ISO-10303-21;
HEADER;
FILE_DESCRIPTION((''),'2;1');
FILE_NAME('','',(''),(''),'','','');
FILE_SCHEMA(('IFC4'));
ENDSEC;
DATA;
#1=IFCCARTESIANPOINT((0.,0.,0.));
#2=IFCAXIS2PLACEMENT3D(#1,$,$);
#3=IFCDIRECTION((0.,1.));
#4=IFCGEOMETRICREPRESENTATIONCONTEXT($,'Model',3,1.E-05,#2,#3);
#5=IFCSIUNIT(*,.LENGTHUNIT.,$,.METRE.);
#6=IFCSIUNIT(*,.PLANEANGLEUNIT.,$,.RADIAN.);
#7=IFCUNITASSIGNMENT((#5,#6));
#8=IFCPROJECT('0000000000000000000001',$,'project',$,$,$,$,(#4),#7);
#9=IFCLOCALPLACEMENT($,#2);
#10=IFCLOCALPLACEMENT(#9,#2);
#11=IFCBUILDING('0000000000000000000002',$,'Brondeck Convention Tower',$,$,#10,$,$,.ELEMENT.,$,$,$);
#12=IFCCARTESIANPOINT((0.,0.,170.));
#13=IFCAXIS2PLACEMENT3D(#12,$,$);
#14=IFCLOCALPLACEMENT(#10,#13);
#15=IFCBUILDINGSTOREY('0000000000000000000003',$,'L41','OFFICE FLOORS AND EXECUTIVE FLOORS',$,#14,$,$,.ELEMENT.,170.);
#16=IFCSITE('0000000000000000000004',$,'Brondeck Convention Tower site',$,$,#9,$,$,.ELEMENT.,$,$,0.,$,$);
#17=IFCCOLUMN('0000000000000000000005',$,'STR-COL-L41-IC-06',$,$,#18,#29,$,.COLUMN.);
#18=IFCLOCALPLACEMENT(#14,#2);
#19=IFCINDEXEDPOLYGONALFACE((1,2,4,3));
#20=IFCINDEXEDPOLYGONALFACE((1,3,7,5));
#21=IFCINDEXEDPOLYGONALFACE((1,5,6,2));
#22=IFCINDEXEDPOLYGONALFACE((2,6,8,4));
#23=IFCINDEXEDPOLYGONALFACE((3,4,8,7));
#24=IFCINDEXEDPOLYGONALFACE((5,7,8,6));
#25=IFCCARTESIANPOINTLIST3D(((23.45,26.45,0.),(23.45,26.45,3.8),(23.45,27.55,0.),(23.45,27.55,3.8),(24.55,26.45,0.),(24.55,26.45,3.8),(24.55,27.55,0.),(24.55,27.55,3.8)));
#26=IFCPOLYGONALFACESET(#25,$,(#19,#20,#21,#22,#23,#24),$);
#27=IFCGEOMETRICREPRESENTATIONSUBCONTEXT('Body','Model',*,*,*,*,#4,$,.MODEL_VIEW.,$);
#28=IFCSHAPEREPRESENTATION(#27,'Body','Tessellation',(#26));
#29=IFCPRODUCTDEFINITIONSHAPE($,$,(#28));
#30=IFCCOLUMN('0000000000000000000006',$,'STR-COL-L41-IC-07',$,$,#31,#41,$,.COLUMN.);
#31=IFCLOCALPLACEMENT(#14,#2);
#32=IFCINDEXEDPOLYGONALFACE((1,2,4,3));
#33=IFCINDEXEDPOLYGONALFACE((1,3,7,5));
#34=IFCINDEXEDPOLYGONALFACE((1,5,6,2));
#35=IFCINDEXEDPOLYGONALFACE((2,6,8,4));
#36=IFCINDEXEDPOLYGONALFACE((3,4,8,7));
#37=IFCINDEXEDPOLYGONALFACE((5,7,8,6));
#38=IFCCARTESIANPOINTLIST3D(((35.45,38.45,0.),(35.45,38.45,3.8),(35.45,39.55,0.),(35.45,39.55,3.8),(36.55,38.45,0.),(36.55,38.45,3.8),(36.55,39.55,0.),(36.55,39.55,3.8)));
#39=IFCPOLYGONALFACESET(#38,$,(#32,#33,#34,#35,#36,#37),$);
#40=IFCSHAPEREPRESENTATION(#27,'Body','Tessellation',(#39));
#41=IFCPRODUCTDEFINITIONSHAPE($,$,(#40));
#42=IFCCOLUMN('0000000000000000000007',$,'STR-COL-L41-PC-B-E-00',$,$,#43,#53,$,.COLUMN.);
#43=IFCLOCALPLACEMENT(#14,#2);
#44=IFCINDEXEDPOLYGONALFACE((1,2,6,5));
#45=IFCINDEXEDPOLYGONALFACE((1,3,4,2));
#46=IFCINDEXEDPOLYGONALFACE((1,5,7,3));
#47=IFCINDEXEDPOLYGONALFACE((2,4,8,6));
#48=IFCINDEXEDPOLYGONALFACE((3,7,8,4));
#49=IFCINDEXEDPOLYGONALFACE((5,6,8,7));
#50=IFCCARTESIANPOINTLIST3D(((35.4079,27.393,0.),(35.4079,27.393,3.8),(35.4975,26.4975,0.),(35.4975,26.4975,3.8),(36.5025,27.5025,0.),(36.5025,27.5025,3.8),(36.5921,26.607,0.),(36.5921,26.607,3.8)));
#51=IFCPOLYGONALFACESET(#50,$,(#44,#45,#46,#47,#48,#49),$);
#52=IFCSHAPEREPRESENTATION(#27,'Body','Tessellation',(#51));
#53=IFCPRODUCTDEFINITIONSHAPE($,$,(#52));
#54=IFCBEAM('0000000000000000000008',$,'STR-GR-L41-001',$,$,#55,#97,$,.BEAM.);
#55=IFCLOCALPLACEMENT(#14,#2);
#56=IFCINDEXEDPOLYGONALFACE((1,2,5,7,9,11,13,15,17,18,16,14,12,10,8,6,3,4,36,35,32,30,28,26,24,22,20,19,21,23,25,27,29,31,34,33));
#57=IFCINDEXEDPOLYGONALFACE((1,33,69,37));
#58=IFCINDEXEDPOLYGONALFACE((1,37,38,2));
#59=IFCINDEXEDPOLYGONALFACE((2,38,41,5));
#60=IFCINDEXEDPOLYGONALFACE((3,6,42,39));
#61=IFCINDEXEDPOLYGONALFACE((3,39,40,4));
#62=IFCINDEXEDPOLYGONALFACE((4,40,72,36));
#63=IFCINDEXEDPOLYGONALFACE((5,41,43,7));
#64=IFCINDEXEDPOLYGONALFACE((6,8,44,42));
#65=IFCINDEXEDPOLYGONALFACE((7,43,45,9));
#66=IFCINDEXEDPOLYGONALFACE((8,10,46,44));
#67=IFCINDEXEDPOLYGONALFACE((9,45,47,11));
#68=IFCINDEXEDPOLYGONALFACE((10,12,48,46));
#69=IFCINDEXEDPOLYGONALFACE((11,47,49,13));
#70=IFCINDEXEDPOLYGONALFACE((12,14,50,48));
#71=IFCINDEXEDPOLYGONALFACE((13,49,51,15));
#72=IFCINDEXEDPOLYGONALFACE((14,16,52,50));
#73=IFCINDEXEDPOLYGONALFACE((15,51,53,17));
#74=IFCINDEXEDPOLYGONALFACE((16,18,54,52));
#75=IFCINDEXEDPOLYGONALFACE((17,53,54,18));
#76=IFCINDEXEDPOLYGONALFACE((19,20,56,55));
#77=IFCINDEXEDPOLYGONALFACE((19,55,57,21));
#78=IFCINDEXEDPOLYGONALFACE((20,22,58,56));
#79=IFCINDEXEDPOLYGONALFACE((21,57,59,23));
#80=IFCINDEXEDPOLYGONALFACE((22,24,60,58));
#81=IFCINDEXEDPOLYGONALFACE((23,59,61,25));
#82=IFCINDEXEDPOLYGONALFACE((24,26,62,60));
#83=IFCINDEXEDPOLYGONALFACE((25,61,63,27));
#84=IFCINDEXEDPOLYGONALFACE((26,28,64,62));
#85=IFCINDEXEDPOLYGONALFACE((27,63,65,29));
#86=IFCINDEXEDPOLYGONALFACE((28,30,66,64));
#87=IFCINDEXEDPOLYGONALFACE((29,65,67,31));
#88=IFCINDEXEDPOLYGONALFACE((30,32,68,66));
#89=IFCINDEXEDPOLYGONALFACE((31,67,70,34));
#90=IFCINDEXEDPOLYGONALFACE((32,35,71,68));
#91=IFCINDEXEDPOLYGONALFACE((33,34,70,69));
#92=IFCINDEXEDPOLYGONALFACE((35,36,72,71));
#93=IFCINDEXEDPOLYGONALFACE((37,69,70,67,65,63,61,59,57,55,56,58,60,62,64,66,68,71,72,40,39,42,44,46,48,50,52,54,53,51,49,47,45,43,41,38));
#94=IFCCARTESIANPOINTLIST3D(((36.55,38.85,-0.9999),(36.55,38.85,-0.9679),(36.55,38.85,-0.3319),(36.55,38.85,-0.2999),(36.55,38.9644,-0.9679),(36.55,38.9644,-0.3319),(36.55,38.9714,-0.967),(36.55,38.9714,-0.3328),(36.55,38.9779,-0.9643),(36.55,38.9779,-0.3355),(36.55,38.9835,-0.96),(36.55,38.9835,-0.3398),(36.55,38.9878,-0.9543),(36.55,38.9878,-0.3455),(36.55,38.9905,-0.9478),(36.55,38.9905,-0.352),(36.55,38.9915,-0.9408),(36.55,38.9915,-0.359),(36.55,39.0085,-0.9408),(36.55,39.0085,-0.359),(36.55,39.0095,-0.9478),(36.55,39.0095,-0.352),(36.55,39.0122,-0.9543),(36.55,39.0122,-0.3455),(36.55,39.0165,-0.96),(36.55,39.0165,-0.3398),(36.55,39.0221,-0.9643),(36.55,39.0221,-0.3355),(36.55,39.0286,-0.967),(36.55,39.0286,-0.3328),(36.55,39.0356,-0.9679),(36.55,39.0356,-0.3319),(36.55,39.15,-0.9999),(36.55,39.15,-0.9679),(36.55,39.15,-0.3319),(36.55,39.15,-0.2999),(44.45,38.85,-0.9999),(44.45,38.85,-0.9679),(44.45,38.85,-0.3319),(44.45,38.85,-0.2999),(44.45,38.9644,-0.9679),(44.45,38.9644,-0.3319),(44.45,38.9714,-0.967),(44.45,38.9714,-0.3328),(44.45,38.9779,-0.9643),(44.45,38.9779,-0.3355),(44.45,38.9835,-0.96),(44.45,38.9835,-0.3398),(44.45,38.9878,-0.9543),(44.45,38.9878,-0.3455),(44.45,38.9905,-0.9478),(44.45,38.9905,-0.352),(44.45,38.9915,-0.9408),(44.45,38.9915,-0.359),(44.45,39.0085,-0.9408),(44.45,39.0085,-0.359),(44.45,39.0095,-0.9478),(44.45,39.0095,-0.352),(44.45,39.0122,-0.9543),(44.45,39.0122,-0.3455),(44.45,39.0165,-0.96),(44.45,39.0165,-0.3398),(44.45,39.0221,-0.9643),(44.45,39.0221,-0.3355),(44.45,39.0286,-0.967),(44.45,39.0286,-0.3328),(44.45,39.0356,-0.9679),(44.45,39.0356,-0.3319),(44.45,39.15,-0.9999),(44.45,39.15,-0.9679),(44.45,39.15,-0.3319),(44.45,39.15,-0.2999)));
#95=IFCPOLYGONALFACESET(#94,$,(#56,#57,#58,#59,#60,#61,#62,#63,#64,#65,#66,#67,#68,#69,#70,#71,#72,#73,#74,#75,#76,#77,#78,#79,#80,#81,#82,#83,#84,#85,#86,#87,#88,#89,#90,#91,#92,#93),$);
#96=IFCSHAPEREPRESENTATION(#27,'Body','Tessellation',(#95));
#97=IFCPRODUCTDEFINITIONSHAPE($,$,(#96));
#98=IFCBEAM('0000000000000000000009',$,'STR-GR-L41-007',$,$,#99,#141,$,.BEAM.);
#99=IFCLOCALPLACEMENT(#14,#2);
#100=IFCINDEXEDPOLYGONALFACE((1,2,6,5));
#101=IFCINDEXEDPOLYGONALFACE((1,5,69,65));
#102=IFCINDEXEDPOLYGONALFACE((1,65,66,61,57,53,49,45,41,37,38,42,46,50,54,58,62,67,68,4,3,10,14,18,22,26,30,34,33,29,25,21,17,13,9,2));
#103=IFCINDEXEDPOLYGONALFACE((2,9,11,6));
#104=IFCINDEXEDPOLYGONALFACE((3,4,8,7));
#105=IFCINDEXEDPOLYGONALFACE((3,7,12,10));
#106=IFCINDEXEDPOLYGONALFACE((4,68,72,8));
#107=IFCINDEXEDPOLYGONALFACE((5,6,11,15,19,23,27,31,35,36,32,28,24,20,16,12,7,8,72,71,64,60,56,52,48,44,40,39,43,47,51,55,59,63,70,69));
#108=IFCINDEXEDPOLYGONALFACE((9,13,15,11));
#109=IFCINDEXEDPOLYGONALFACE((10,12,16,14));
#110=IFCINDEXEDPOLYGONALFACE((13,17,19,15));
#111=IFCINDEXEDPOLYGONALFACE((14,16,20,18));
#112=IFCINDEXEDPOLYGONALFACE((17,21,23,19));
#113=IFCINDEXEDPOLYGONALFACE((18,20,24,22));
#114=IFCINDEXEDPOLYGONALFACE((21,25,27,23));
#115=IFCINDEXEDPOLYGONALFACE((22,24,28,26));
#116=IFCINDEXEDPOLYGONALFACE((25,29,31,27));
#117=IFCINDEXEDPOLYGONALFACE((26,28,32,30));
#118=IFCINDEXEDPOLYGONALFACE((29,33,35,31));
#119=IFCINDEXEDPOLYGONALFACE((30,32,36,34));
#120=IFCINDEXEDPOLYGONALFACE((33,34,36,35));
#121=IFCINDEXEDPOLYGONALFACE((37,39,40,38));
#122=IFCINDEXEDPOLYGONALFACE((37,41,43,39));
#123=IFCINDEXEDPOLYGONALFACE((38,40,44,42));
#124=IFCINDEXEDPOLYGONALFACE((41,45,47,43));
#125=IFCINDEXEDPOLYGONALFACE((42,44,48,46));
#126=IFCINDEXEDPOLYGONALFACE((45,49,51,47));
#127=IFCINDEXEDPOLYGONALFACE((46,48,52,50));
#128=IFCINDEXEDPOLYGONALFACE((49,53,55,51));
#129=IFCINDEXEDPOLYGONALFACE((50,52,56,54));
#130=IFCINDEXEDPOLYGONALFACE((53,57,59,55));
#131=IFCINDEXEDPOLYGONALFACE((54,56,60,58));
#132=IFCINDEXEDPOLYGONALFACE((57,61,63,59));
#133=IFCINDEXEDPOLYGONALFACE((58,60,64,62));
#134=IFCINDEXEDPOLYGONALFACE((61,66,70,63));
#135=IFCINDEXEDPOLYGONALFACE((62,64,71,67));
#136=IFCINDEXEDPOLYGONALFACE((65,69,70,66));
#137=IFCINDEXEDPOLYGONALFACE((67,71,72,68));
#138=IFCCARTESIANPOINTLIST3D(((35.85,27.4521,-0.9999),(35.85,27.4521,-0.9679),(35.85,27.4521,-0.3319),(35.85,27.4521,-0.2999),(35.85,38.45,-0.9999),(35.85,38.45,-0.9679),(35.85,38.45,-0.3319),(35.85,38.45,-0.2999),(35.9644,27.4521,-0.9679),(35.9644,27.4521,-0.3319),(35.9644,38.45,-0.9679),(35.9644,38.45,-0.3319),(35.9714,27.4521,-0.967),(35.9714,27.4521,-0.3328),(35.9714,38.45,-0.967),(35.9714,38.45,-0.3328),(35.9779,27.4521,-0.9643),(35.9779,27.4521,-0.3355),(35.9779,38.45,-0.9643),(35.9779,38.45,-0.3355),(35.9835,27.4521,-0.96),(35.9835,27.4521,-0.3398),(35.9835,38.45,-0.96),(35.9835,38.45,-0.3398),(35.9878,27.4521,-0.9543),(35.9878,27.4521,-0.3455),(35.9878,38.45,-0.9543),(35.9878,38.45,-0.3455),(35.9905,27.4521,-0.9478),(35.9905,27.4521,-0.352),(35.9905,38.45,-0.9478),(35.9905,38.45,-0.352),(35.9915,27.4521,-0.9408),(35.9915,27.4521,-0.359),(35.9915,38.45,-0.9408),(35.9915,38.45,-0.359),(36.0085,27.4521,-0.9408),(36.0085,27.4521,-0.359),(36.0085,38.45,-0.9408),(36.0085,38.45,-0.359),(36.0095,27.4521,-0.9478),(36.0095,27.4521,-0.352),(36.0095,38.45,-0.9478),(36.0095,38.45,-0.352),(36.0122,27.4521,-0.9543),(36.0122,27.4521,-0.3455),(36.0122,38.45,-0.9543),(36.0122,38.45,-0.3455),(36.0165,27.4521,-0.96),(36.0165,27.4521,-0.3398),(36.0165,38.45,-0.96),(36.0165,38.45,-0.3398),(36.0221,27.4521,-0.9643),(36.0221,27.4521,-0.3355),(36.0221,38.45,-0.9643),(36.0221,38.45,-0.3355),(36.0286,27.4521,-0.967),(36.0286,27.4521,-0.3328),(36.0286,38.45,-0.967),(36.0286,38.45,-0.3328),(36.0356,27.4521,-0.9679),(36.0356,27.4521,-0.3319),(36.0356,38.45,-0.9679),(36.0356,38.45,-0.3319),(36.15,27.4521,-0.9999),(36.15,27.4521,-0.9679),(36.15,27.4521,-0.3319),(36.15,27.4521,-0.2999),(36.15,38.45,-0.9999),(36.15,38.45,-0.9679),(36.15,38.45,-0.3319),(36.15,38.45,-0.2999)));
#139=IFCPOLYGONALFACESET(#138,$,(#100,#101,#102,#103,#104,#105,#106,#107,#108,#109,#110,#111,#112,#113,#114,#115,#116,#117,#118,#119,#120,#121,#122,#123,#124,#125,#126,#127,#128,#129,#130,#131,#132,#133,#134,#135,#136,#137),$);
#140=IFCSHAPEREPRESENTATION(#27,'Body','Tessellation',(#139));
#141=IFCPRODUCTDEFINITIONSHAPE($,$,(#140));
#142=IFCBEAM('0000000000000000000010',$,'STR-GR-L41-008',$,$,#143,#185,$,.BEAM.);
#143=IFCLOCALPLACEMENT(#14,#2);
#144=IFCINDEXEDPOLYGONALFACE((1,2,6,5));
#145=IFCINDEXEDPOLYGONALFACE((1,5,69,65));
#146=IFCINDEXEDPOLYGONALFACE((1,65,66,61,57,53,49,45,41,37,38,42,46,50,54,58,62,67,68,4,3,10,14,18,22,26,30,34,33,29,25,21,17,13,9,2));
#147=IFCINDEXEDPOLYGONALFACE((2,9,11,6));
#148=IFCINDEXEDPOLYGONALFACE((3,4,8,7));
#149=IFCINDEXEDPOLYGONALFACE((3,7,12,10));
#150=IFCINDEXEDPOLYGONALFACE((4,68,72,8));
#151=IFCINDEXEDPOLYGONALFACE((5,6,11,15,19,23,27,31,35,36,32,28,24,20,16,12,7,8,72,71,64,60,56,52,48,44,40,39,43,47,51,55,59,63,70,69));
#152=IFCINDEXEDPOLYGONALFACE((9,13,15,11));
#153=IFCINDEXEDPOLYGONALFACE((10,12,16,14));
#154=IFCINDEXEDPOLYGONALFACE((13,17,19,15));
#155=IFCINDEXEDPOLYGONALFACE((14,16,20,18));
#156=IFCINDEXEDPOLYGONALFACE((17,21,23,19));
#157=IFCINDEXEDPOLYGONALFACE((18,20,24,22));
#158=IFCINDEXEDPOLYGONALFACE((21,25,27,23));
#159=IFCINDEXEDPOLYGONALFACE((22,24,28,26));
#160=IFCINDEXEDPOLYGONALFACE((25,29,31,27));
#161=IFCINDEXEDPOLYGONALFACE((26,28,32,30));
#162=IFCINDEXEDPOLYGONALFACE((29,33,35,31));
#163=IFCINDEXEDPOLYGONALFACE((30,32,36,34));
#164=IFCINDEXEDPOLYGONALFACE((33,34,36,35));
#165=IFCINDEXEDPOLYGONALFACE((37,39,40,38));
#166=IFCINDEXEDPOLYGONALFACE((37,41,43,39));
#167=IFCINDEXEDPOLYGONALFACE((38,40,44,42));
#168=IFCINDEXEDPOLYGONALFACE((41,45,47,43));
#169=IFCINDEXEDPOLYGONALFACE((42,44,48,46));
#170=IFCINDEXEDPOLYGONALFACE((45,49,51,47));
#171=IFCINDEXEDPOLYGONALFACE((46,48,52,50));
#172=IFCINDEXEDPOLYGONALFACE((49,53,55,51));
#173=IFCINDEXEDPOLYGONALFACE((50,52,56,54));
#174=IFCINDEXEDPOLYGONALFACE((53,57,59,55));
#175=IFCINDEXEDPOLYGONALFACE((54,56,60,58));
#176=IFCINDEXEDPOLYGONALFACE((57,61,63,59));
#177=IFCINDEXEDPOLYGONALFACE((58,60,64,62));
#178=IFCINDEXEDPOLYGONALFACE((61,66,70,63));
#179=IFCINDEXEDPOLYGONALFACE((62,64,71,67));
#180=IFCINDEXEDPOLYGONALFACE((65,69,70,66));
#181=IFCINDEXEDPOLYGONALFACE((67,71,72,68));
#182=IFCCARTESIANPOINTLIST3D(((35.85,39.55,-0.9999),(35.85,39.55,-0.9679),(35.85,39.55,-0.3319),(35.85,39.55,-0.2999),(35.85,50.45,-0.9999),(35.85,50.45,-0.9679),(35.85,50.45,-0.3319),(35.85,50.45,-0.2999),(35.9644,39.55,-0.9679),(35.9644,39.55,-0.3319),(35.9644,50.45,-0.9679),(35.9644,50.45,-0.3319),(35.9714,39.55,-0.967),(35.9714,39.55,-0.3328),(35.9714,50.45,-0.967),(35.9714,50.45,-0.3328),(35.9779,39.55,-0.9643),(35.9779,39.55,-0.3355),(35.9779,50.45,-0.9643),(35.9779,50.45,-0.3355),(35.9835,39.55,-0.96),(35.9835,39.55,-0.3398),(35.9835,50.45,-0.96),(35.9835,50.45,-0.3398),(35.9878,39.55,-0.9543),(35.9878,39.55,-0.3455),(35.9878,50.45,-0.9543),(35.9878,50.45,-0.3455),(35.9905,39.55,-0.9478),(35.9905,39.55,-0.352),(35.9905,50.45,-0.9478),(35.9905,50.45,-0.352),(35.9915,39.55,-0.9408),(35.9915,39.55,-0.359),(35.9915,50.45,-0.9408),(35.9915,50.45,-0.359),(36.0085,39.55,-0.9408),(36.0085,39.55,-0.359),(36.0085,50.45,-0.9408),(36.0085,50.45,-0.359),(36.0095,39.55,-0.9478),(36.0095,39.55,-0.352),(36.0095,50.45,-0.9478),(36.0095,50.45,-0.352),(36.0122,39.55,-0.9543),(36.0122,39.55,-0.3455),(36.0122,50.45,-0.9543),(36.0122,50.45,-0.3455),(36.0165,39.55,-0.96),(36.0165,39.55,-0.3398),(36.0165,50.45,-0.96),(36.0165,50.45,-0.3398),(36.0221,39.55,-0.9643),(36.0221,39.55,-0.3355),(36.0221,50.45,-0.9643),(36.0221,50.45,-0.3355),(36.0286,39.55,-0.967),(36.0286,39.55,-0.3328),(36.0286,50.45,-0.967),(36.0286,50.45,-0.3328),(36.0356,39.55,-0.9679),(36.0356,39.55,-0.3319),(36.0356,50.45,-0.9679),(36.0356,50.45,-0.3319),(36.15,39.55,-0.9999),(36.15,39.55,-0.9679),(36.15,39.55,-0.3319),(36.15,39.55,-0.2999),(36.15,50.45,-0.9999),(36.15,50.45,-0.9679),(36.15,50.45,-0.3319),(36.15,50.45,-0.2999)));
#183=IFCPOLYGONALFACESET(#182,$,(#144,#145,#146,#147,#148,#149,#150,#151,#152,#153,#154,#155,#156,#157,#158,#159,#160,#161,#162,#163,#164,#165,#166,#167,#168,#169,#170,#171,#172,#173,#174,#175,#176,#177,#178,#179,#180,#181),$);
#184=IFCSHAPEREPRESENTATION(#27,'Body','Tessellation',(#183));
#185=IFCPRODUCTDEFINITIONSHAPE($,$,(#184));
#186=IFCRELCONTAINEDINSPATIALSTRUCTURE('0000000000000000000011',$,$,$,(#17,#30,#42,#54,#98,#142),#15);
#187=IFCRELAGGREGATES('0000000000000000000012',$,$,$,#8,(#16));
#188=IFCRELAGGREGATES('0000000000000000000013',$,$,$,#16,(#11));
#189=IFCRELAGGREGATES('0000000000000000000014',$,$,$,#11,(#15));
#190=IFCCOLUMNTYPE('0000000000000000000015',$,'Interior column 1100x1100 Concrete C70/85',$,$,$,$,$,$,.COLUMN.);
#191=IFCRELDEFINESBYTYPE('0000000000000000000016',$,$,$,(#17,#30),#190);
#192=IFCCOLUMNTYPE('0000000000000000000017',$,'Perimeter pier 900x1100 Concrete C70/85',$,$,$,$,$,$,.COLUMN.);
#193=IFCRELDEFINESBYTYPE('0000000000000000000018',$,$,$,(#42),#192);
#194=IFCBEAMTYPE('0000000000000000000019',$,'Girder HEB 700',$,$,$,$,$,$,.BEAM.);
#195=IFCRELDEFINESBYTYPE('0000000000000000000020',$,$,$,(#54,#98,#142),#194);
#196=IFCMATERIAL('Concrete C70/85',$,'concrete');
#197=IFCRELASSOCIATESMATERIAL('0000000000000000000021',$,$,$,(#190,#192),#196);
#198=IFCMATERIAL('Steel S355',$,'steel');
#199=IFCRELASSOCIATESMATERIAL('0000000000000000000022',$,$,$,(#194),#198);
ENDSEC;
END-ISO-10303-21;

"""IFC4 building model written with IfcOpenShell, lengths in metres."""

from ifc_helpers import new_model, si_unit, direction, frame, origin, origin_2d, place, context, subcontext, project, spatial, rectangle, i_section, extrude, material, material_profile, profile_set, type_object, element, save


model = new_model("IFC4")

# Units and contexts
model_context = context("Model", 3, precision=1e-05, world=origin(), true_north=direction((0.0, 1.0)))
body_context = subcontext(model_context, "Body", "Model", "MODEL_VIEW")
ifc_project = project(units=[si_unit("LENGTHUNIT", "METRE"), si_unit("PLANEANGLEUNIT", "RADIAN")], contexts=[model_context])

# Site, building, storey
site_placement = place(None, origin())
site = spatial("IfcSite", under=ifc_project, at=site_placement, Name="Brondeck Convention Tower site", CompositionType="ELEMENT", RefElevation=0.0)
building_placement = place(site_placement, origin())
building = spatial("IfcBuilding", under=site, at=building_placement, Name="Brondeck Convention Tower", CompositionType="ELEMENT")
storey_placement = place(building_placement, frame((0.0, 0.0, 170.0)))
storey = spatial("IfcBuildingStorey", under=building, at=storey_placement, Name="L41", Description="OFFICE FLOORS AND EXECUTIVE FLOORS", CompositionType="ELEMENT", Elevation=170.0)

# Columns
ifc_material_1 = material(Name="Concrete C70/85", Category="concrete")
ifc_material_profile_1 = material_profile(ifc_material_1, rectangle(XDim=1.1001, YDim=1.1001, at=origin_2d()), Name="Interior column 1100x1100 Concrete C70/85")
ifc_profile_set_1 = profile_set([ifc_material_profile_1], Name="Concrete C70/85")
column_type_1 = type_object("IfcColumnType", Name="Interior column 1100x1100 Concrete C70/85", PredefinedType="COLUMN", material=ifc_profile_set_1)
for number, where, z_axis, x_axis, name in (
    (1, (24.0, 27.0, 0.0), (0.0, 0.0, 1.0), (1.0, 0.0, 0.0), "STR-COL-L41-IC-06"),
    (2, (36.0, 39.0, 0.0), (0.0, 0.0, 1.0), (1.0, 0.0, 0.0), "STR-COL-L41-IC-07"),
):
    element("IfcColumn", number, at=place(storey_placement, frame(where, z_axis=z_axis, x_axis=x_axis)), inside=storey, type_object=column_type_1, Name=name, PredefinedType="COLUMN", context=body_context, shape_type="SweptSolid", body=[
        extrude(rectangle(XDim=1.1001, YDim=1.1001, at=origin_2d()), origin(), (0.0, 0.0, 1.0), 3.8),
    ])
ifc_material_profile_2 = material_profile(ifc_material_1, rectangle(XDim=0.8999, YDim=1.1001, at=origin_2d()), Name="Perimeter pier 900x1100 Concrete C70/85")
ifc_profile_set_2 = profile_set([ifc_material_profile_2], Name="Concrete C70/85")
column_type_2 = type_object("IfcColumnType", Name="Perimeter pier 900x1100 Concrete C70/85", PredefinedType="COLUMN", material=ifc_profile_set_2)
column_placement = place(storey_placement, frame((36.0, 27.0, 0.0), z_axis=(0.0, 0.0, 1.0), x_axis=(-0.099504, 0.995037, 0.0)))
element("IfcColumn", 3, at=column_placement, inside=storey, type_object=column_type_2, Name="STR-COL-L41-PC-B-E-00", PredefinedType="COLUMN", context=body_context, shape_type="SweptSolid", body=[
    extrude(rectangle(XDim=0.8999, YDim=1.1001, at=origin_2d()), origin(), (0.0, 0.0, 1.0), 3.8),
])

# Beams
ifc_material_2 = material(Name="Steel S355", Category="steel")
ifc_material_profile_3 = material_profile(ifc_material_2, i_section(OverallWidth=0.3, OverallDepth=0.7, WebThickness=0.0171, FlangeThickness=0.032, FilletRadius=0.0271, at=origin_2d()), Name="HEB 700")
ifc_profile_set_3 = profile_set([ifc_material_profile_3], Name="Steel S355")
beam_type = type_object("IfcBeamType", Name="Girder HEB 700", PredefinedType="BEAM", material=ifc_profile_set_3)
beam_1_placement = place(storey_placement, frame((36.55, 39.0, -0.6499), z_axis=(1.0, 0.0, 0.0), x_axis=(0.0, 1.0, 0.0)))
element("IfcBeam", 4, at=beam_1_placement, inside=storey, type_object=beam_type, Name="STR-GR-L41-001", PredefinedType="BEAM", context=body_context, shape_type="SweptSolid", body=[
    extrude(i_section(OverallWidth=0.3, OverallDepth=0.7, WebThickness=0.0171, FlangeThickness=0.032, FilletRadius=0.0271, at=origin_2d()), origin(), (0.0, 0.0, 1.0), 7.8999),
])
beam_2_placement = place(storey_placement, frame((36.0, 27.4521, -0.6499), z_axis=(0.0, 1.0, 0.0), x_axis=(-1.0, 0.0, 0.0)))
element("IfcBeam", 5, at=beam_2_placement, inside=storey, type_object=beam_type, Name="STR-GR-L41-007", PredefinedType="BEAM", context=body_context, shape_type="SweptSolid", body=[
    extrude(i_section(OverallWidth=0.3, OverallDepth=0.7, WebThickness=0.0171, FlangeThickness=0.032, FilletRadius=0.0271, at=origin_2d()), origin(), (0.0, 0.0, 1.0), 10.9978),
])
beam_3_placement = place(storey_placement, frame((36.0, 39.55, -0.6499), z_axis=(0.0, 1.0, 0.0), x_axis=(-1.0, 0.0, 0.0)))
element("IfcBeam", 6, at=beam_3_placement, inside=storey, type_object=beam_type, Name="STR-GR-L41-008", PredefinedType="BEAM", context=body_context, shape_type="SweptSolid", body=[
    extrude(i_section(OverallWidth=0.3, OverallDepth=0.7, WebThickness=0.0171, FlangeThickness=0.032, FilletRadius=0.0271, at=origin_2d()), origin(), (0.0, 0.0, 1.0), 10.8999),
])

save(model, "model.ifc")
